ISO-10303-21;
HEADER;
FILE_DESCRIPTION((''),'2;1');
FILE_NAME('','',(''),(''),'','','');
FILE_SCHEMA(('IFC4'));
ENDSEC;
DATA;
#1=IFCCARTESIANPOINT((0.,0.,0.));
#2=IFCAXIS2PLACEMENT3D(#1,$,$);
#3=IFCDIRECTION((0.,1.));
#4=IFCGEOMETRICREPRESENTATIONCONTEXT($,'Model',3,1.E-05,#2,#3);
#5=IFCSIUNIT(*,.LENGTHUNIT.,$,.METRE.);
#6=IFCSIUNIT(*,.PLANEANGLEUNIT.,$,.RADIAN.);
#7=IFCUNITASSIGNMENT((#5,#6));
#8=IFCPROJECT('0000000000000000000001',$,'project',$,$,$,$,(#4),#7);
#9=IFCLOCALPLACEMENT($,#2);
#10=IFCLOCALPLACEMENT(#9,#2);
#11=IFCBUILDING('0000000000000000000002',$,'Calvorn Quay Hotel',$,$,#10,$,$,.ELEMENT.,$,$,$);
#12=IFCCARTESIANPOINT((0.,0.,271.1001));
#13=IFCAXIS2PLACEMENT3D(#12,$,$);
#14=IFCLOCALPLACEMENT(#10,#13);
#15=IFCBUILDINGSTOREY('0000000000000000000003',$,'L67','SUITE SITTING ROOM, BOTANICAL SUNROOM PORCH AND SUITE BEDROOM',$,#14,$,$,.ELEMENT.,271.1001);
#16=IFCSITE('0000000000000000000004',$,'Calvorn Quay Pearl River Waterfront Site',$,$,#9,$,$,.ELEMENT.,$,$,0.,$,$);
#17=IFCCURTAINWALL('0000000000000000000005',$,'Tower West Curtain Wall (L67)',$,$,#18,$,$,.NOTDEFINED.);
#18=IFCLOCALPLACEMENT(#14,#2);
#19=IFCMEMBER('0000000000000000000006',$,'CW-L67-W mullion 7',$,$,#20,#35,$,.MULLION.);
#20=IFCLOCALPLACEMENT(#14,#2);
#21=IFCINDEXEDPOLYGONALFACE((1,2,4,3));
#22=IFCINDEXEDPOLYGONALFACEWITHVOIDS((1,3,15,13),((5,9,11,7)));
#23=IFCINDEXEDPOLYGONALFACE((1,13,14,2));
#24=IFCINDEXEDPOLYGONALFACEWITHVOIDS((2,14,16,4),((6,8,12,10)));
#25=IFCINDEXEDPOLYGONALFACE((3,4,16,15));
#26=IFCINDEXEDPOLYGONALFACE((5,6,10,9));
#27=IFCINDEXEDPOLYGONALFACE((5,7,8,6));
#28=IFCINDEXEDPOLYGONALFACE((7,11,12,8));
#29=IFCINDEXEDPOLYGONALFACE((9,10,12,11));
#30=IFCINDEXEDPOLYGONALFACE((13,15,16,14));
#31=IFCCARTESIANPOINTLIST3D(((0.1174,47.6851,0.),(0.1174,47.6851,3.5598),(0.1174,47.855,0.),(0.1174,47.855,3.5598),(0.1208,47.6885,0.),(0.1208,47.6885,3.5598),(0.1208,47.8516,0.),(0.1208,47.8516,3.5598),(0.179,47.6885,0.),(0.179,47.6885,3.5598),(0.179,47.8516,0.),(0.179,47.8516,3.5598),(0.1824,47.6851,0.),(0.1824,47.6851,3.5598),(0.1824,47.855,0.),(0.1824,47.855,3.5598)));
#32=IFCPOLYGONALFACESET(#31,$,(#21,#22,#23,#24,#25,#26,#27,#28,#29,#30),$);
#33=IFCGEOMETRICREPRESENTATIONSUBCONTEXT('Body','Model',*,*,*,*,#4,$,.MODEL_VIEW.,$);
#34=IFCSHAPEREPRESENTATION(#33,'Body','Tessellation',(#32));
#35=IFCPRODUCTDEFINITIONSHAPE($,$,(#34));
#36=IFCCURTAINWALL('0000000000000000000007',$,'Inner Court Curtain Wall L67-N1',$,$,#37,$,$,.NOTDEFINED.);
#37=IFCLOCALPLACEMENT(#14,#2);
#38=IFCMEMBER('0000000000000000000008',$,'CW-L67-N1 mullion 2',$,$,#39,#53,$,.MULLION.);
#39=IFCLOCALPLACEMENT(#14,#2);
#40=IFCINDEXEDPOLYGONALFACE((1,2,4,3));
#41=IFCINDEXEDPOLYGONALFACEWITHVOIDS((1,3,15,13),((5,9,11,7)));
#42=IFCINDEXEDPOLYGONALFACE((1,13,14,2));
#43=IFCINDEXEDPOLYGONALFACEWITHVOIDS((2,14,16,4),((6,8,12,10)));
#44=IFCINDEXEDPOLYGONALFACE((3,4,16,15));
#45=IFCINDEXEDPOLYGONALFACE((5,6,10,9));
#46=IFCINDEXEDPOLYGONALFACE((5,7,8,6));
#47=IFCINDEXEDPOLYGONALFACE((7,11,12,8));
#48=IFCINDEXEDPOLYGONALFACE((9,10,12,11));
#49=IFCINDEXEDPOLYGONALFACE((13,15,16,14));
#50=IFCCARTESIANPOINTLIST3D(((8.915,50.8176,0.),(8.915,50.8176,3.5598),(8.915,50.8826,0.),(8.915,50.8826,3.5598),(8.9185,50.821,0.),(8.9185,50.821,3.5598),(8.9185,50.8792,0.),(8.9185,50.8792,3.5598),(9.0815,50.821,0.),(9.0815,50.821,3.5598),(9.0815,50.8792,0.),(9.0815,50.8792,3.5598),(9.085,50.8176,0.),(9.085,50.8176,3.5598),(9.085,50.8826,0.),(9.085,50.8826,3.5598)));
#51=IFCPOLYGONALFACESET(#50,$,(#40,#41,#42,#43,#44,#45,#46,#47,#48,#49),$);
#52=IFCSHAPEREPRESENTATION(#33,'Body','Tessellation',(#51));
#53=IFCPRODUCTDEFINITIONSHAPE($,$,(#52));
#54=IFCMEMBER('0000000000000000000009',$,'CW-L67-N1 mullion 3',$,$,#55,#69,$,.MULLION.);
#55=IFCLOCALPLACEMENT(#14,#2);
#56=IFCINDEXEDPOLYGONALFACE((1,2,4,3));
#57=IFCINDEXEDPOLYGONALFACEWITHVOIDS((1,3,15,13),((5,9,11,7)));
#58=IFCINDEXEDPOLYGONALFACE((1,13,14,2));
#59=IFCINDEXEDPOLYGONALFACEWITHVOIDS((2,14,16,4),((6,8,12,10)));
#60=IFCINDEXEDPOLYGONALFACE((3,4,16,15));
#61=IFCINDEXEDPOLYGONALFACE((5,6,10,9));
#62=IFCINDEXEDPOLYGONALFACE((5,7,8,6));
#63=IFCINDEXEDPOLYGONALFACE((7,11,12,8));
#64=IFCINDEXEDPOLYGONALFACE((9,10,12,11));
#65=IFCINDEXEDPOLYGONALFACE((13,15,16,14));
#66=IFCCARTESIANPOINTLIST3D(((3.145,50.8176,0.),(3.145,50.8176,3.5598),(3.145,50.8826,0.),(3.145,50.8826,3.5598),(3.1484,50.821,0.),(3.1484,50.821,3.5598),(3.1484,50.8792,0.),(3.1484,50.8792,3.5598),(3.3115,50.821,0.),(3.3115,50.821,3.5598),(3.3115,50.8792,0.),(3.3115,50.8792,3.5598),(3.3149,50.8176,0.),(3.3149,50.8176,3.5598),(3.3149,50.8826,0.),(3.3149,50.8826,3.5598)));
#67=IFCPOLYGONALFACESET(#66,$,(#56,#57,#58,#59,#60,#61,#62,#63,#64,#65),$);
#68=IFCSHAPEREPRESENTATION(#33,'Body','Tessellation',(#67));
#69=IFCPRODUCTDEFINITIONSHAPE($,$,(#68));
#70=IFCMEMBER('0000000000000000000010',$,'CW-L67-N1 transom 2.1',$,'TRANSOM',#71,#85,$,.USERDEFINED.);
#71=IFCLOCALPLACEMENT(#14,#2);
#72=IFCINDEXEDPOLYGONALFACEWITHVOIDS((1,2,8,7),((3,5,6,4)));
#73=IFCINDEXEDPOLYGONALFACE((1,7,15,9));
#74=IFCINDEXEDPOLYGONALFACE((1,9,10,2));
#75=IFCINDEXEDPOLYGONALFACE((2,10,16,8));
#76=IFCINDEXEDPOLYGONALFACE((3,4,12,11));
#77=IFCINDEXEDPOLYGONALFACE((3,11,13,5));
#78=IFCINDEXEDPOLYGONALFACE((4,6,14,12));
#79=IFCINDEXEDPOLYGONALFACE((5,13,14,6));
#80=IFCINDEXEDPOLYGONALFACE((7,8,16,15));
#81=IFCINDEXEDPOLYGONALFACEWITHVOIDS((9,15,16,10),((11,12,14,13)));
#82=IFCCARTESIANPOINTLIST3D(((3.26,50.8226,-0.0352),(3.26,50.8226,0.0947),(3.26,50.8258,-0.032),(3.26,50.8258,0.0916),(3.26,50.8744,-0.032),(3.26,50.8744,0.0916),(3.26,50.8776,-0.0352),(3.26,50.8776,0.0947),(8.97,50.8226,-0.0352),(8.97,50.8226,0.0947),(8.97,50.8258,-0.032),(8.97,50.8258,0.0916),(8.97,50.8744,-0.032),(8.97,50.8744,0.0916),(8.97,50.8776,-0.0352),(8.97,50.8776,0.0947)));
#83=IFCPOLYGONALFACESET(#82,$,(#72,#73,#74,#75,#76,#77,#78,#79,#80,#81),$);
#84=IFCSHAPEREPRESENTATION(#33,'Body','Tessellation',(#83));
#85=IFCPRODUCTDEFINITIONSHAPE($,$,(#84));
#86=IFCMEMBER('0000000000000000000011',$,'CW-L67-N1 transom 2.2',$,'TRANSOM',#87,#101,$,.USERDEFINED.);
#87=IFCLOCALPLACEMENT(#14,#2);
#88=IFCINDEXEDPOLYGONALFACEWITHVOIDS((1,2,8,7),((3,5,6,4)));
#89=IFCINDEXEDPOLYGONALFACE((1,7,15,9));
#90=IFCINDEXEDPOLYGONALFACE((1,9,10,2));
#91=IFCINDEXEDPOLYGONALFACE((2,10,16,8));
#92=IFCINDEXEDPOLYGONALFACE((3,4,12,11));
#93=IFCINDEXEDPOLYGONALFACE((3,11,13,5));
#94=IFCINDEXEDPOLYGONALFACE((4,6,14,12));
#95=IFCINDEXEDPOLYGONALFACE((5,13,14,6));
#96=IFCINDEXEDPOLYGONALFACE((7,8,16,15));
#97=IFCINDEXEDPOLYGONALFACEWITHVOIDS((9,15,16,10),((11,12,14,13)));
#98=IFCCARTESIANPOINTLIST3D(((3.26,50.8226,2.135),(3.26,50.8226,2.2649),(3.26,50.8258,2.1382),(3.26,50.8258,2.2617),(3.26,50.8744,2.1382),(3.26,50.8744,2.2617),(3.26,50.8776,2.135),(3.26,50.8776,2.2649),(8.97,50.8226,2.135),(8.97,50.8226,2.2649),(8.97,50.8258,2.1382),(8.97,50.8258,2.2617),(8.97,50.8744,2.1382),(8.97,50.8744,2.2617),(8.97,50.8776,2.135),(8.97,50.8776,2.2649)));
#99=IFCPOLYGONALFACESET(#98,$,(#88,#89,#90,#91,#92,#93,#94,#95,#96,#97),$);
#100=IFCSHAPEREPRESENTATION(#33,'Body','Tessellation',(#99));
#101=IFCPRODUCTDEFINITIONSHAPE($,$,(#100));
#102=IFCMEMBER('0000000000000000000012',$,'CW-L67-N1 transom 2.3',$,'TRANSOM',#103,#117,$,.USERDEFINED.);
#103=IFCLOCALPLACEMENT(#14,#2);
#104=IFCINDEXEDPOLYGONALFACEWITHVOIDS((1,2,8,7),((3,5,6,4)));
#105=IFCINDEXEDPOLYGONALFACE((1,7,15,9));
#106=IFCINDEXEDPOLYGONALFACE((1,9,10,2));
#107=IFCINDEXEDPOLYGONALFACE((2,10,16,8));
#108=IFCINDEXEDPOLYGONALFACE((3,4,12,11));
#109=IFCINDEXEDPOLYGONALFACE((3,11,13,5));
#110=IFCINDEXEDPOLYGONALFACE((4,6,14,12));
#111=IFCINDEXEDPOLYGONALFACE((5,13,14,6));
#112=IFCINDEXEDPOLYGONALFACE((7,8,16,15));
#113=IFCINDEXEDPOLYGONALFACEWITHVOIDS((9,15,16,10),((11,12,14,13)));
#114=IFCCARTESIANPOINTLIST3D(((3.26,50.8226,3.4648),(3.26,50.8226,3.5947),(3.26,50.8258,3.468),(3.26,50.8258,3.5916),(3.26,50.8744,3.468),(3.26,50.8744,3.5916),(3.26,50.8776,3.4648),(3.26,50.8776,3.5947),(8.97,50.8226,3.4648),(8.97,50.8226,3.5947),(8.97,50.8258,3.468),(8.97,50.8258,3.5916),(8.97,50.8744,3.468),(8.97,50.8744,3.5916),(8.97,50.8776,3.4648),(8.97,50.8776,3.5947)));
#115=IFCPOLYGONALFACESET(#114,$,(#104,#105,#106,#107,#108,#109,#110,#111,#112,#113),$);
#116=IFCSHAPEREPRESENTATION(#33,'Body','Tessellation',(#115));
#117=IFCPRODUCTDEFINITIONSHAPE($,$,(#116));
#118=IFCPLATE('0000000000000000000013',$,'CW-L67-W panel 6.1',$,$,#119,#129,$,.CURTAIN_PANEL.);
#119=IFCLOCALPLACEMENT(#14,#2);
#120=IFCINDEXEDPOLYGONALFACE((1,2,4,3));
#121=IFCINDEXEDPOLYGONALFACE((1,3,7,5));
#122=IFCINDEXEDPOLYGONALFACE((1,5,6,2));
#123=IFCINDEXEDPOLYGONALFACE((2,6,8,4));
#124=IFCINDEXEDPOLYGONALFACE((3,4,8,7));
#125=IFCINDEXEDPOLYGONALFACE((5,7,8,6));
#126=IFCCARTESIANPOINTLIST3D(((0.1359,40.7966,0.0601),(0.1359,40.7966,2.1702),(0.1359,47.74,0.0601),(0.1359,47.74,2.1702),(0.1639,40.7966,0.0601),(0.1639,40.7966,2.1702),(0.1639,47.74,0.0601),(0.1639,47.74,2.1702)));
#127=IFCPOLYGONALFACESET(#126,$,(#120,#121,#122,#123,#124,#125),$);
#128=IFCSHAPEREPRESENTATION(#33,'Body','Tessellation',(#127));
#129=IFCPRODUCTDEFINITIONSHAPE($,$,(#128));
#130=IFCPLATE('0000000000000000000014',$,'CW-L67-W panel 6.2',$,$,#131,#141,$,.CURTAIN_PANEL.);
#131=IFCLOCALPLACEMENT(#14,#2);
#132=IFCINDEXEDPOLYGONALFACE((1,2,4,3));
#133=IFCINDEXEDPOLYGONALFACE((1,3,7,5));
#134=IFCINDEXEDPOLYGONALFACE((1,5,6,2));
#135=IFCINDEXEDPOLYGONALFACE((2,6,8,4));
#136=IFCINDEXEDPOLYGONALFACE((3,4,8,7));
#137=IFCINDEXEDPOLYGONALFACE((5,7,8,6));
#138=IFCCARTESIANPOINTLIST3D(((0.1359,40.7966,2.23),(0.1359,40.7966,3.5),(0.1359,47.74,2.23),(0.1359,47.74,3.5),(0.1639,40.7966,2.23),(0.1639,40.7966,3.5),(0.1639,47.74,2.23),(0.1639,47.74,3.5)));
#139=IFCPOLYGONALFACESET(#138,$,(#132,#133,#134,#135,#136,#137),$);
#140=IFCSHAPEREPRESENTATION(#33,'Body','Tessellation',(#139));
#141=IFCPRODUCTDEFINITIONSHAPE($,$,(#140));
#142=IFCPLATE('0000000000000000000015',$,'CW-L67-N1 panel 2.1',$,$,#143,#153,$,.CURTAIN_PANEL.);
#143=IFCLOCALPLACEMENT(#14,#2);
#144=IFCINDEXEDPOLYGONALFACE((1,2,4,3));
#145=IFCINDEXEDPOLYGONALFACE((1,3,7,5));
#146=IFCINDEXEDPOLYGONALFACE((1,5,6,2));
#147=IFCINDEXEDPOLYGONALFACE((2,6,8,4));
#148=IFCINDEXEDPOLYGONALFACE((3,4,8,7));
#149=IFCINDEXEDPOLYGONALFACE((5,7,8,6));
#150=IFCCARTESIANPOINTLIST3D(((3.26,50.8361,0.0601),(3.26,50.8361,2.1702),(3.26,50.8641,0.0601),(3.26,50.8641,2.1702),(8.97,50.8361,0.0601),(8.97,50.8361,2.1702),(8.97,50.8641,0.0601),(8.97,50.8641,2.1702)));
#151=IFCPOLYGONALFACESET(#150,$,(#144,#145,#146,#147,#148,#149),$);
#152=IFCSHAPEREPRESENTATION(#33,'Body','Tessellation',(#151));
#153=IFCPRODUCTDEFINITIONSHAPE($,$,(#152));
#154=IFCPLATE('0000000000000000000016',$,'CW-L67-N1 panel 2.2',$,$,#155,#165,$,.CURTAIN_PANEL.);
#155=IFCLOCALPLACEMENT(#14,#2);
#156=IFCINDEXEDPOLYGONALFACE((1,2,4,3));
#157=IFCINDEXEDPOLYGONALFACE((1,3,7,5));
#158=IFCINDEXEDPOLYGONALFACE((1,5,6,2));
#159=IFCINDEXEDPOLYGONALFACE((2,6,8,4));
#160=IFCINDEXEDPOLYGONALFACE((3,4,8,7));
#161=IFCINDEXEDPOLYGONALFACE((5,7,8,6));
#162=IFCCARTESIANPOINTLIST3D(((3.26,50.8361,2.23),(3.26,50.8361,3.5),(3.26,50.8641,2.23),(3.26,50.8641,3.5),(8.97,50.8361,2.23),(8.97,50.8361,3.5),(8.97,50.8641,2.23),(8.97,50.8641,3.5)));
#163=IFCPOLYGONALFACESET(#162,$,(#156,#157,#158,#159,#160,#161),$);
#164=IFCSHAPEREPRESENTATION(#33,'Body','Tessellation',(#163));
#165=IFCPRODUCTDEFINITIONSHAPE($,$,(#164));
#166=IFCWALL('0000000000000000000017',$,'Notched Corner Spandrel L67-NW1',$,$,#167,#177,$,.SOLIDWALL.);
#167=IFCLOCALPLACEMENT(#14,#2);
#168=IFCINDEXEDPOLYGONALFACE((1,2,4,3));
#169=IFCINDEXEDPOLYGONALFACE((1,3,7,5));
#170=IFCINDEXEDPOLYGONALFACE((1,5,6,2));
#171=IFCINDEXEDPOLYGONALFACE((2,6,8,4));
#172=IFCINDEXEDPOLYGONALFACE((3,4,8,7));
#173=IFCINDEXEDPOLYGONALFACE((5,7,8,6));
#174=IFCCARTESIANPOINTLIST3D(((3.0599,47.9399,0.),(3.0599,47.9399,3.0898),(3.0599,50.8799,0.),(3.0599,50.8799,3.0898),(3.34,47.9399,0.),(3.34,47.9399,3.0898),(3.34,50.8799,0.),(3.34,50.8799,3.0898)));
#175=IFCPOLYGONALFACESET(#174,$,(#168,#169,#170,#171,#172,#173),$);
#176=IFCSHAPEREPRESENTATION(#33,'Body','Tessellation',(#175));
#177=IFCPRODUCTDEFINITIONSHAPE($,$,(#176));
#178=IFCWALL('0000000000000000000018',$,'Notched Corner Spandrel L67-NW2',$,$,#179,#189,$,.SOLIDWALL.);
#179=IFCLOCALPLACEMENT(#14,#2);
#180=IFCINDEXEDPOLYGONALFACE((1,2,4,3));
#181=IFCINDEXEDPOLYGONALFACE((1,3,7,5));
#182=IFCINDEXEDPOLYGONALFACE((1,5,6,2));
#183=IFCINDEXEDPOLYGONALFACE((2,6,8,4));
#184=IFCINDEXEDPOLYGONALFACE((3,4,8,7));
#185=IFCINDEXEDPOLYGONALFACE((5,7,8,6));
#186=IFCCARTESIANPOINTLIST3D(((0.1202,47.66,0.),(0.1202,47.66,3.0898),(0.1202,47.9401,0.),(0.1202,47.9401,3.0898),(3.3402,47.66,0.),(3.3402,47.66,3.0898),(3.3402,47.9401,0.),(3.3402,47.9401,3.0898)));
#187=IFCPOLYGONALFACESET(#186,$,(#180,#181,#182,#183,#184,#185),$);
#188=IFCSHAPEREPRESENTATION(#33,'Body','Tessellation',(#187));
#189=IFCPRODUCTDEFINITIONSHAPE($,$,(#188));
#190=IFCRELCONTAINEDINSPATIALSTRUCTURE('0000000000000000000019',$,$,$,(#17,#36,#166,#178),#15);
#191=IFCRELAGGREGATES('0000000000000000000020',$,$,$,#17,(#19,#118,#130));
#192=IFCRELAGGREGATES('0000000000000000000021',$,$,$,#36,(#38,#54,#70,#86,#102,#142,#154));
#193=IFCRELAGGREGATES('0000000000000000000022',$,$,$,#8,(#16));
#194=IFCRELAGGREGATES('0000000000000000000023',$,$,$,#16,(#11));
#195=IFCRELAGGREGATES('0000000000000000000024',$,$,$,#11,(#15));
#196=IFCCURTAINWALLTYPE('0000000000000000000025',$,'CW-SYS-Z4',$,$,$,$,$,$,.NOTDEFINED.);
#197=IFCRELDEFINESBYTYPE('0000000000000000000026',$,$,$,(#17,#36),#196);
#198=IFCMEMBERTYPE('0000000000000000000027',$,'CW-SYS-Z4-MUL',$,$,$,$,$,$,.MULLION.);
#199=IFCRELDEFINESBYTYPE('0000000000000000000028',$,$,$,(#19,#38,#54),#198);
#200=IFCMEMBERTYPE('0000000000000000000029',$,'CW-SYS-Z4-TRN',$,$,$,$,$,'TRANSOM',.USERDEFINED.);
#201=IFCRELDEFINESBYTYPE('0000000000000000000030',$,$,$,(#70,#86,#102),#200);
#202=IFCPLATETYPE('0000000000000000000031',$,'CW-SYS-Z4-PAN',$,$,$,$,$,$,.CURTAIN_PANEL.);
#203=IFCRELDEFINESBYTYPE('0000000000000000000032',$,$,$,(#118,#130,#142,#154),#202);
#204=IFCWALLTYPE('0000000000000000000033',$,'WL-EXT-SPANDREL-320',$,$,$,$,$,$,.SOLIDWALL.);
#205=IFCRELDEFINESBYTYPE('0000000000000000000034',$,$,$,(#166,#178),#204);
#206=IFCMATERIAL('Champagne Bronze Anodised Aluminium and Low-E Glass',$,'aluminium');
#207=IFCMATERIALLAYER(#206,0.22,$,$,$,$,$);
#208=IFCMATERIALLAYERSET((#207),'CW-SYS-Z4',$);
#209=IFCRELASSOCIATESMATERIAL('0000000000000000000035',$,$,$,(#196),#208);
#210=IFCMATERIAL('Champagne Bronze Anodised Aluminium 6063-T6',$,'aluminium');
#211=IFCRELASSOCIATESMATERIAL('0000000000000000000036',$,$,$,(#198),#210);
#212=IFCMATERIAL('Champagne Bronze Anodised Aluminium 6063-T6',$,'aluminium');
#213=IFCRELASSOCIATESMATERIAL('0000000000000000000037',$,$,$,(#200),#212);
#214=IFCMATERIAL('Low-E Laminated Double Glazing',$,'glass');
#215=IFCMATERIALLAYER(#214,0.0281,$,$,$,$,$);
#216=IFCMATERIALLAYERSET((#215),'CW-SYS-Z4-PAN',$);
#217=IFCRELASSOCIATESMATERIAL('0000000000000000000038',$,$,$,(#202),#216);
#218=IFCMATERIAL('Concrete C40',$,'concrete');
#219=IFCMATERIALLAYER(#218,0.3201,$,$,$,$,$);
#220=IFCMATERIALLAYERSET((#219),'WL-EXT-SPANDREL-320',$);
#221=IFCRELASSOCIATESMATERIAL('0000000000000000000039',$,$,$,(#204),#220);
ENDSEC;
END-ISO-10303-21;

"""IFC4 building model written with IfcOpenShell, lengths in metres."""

from ifc_helpers import new_model, si_unit, direction, frame, frame_2d, origin, origin_2d, place, context, subcontext, project, spatial, rectangle, hollow_rectangle, extrude, material, layer, layer_set, material_profile, profile_set, type_object, element, aggregate, save


model = new_model("IFC4")

# Units and contexts
model_context = context("Model", 3, precision=1e-05, world=origin(), true_north=direction((0.0, 1.0)))
body_context = subcontext(model_context, "Body", "Model", "MODEL_VIEW")
ifc_project = project(units=[si_unit("LENGTHUNIT", "METRE"), si_unit("PLANEANGLEUNIT", "RADIAN")], contexts=[model_context])

# Site, building, storey
site_placement = place(None, origin())
site = spatial("IfcSite", under=ifc_project, at=site_placement, Name="Calvorn Quay Pearl River Waterfront Site", CompositionType="ELEMENT", RefElevation=0.0)
building_placement = place(site_placement, origin())
building = spatial("IfcBuilding", under=site, at=building_placement, Name="Calvorn Quay Hotel", CompositionType="ELEMENT")
storey_placement = place(building_placement, frame((0.0, 0.0, 271.1001)))
storey = spatial("IfcBuildingStorey", under=building, at=storey_placement, Name="L67", Description="SUITE SITTING ROOM, BOTANICAL SUNROOM PORCH AND SUITE BEDROOM", CompositionType="ELEMENT", Elevation=271.1001)

# Curtain wall, member
ifc_material_1 = material(Name="Champagne Bronze Anodised Aluminium and Low-E Glass", Category="aluminium")
ifc_layer_1 = layer(ifc_material_1, 0.22)
ifc_layer_set_1 = layer_set([ifc_layer_1], Name="CW-SYS-Z4")
curtain_wall_type = type_object("IfcCurtainWallType", Name="CW-SYS-Z4", PredefinedType="NOTDEFINED", material=ifc_layer_set_1)
curtain_wall_1_placement = place(storey_placement, origin())
curtain_wall_1 = element("IfcCurtainWall", 1, at=curtain_wall_1_placement, inside=storey, type_object=curtain_wall_type, Name="Tower West Curtain Wall (L67)", PredefinedType="NOTDEFINED")
ifc_material_2 = material(Name="Champagne Bronze Anodised Aluminium 6063-T6", Category="aluminium")
ifc_material_profile_1 = material_profile(ifc_material_2, hollow_rectangle(XDim=0.0649, YDim=0.1699, WallThickness=0.0034, at=origin_2d()), Name="ALU-M170x65x3.5")
ifc_profile_set_1 = profile_set([ifc_material_profile_1], Name="Champagne Bronze Anodised Aluminium 6063-T6")
member_type_1 = type_object("IfcMemberType", Name="CW-SYS-Z4-MUL", PredefinedType="MULLION", material=ifc_profile_set_1)
member_1_placement = place(storey_placement, frame((0.1499, 47.77, 0.0), z_axis=(0.0, 0.0, 1.0), x_axis=(-1.0, 0.0, 0.0)))
member_1 = element("IfcMember", 2, at=member_1_placement, type_object=member_type_1, Name="CW-L67-W mullion 7", PredefinedType="MULLION", context=body_context, shape_type="SweptSolid", body=[
    extrude(hollow_rectangle(XDim=0.0649, YDim=0.1699, WallThickness=0.0034, at=origin_2d()), origin(), (0.0, 0.0, 1.0), 3.5598),
])

# Curtain wall, members
curtain_wall_2_placement = place(storey_placement, origin())
curtain_wall_2 = element("IfcCurtainWall", 3, at=curtain_wall_2_placement, inside=storey, type_object=curtain_wall_type, Name="Inner Court Curtain Wall L67-N1", PredefinedType="NOTDEFINED")
member_2_placement = place(storey_placement, frame((9.0, 50.8501, 0.0), z_axis=(0.0, 0.0, 1.0), x_axis=(0.0, -1.0, 0.0)))
member_2 = element("IfcMember", 4, at=member_2_placement, type_object=member_type_1, Name="CW-L67-N1 mullion 2", PredefinedType="MULLION", context=body_context, shape_type="SweptSolid", body=[
    extrude(hollow_rectangle(XDim=0.0649, YDim=0.1699, WallThickness=0.0034, at=origin_2d()), origin(), (0.0, 0.0, 1.0), 3.5598),
])
member_3_placement = place(storey_placement, frame((3.23, 50.8501, 0.0), z_axis=(0.0, 0.0, 1.0), x_axis=(0.0, -1.0, 0.0)))
member_3 = element("IfcMember", 5, at=member_3_placement, type_object=member_type_1, Name="CW-L67-N1 mullion 3", PredefinedType="MULLION", context=body_context, shape_type="SweptSolid", body=[
    extrude(hollow_rectangle(XDim=0.0649, YDim=0.1699, WallThickness=0.0034, at=origin_2d()), origin(), (0.0, 0.0, 1.0), 3.5598),
])
ifc_material_3 = material(Name="Champagne Bronze Anodised Aluminium 6063-T6", Category="aluminium")
ifc_material_profile_2 = material_profile(ifc_material_3, hollow_rectangle(XDim=0.0549, YDim=0.1299, WallThickness=0.0032, at=origin_2d()), Name="ALU-T130x55x3.2")
ifc_profile_set_2 = profile_set([ifc_material_profile_2], Name="Champagne Bronze Anodised Aluminium 6063-T6")
member_type_2 = type_object("IfcMemberType", Name="CW-SYS-Z4-TRN", ElementType="TRANSOM", PredefinedType="USERDEFINED", material=ifc_profile_set_2)
member_4_placement = place(storey_placement, frame((8.97, 50.8501, 0.0298), z_axis=(-1.0, 0.0, 0.0), x_axis=(0.0, -1.0, 0.0)))
member_4 = element("IfcMember", 6, at=member_4_placement, type_object=member_type_2, Name="CW-L67-N1 transom 2.1", ObjectType="TRANSOM", PredefinedType="USERDEFINED", context=body_context, shape_type="SweptSolid", body=[
    extrude(hollow_rectangle(XDim=0.0549, YDim=0.1299, WallThickness=0.0032, at=origin_2d()), origin(), (0.0, 0.0, 1.0), 5.71),
])
member_5_placement = place(storey_placement, frame((8.97, 50.8501, 2.2), z_axis=(-1.0, 0.0, 0.0), x_axis=(0.0, -1.0, 0.0)))
member_5 = element("IfcMember", 7, at=member_5_placement, type_object=member_type_2, Name="CW-L67-N1 transom 2.2", ObjectType="TRANSOM", PredefinedType="USERDEFINED", context=body_context, shape_type="SweptSolid", body=[
    extrude(hollow_rectangle(XDim=0.0549, YDim=0.1299, WallThickness=0.0032, at=origin_2d()), origin(), (0.0, 0.0, 1.0), 5.71),
])
member_6_placement = place(storey_placement, frame((8.97, 50.8501, 3.5298), z_axis=(-1.0, 0.0, 0.0), x_axis=(0.0, -1.0, 0.0)))
member_6 = element("IfcMember", 8, at=member_6_placement, type_object=member_type_2, Name="CW-L67-N1 transom 2.3", ObjectType="TRANSOM", PredefinedType="USERDEFINED", context=body_context, shape_type="SweptSolid", body=[
    extrude(hollow_rectangle(XDim=0.0549, YDim=0.1299, WallThickness=0.0032, at=origin_2d()), origin(), (0.0, 0.0, 1.0), 5.71),
])

# Plates
ifc_material_4 = material(Name="Low-E Laminated Double Glazing", Category="glass")
ifc_layer_2 = layer(ifc_material_4, 0.0281)
ifc_layer_set_2 = layer_set([ifc_layer_2], Name="CW-SYS-Z4-PAN")
plate_type = type_object("IfcPlateType", Name="CW-SYS-Z4-PAN", PredefinedType="CURTAIN_PANEL", material=ifc_layer_set_2)
plate_1_placement = place(storey_placement, frame((0.1499, 44.2683, 0.0601), z_axis=(0.0, 0.0, 1.0), x_axis=(0.0, 1.0, 0.0)))
plate_1 = element("IfcPlate", 9, at=plate_1_placement, type_object=plate_type, Name="CW-L67-W panel 6.1", PredefinedType="CURTAIN_PANEL", context=body_context, shape_type="SweptSolid", body=[
    extrude(rectangle(XDim=6.9434, YDim=0.0281, at=origin_2d()), origin(), (0.0, 0.0, 1.0), 2.1101),
])
plate_2_placement = place(storey_placement, frame((0.1499, 44.2683, 2.23), z_axis=(0.0, 0.0, 1.0), x_axis=(0.0, 1.0, 0.0)))
plate_2 = element("IfcPlate", 10, at=plate_2_placement, type_object=plate_type, Name="CW-L67-W panel 6.2", PredefinedType="CURTAIN_PANEL", context=body_context, shape_type="SweptSolid", body=[
    extrude(rectangle(XDim=6.9434, YDim=0.0281, at=origin_2d()), origin(), (0.0, 0.0, 1.0), 1.27),
])
aggregate(curtain_wall_1, [member_1, plate_1, plate_2])
plate_3_placement = place(storey_placement, frame((6.115, 50.8501, 0.0601), z_axis=(0.0, 0.0, 1.0), x_axis=(-1.0, 0.0, 0.0)))
plate_3 = element("IfcPlate", 11, at=plate_3_placement, type_object=plate_type, Name="CW-L67-N1 panel 2.1", PredefinedType="CURTAIN_PANEL", context=body_context, shape_type="SweptSolid", body=[
    extrude(rectangle(XDim=5.71, YDim=0.0281, at=origin_2d()), origin(), (0.0, 0.0, 1.0), 2.1101),
])
plate_4_placement = place(storey_placement, frame((6.115, 50.8501, 2.23), z_axis=(0.0, 0.0, 1.0), x_axis=(-1.0, 0.0, 0.0)))
plate_4 = element("IfcPlate", 12, at=plate_4_placement, type_object=plate_type, Name="CW-L67-N1 panel 2.2", PredefinedType="CURTAIN_PANEL", context=body_context, shape_type="SweptSolid", body=[
    extrude(rectangle(XDim=5.71, YDim=0.0281, at=origin_2d()), origin(), (0.0, 0.0, 1.0), 1.27),
])
aggregate(curtain_wall_2, [member_2, member_3, member_4, member_5, member_6, plate_3, plate_4])

# Walls
ifc_material_5 = material(Name="Concrete C40", Category="concrete")
ifc_layer_3 = layer(ifc_material_5, 0.3201)
ifc_layer_set_3 = layer_set([ifc_layer_3], Name="WL-EXT-SPANDREL-320")
wall_type_1 = type_object("IfcWallType", Name="WL-EXT-SPANDREL-320", PredefinedType="SOLIDWALL", material=ifc_layer_set_3)
wall_1_placement = place(storey_placement, frame((3.2, 50.8799, 0.0), z_axis=(0.0, 0.0, 1.0), x_axis=(0.0, -1.0, 0.0)))
element("IfcWall", 13, at=wall_1_placement, inside=storey, type_object=wall_type_1, Name="Notched Corner Spandrel L67-NW1", PredefinedType="SOLIDWALL", context=body_context, shape_type="SweptSolid", body=[
    extrude(rectangle(XDim=2.9399, YDim=0.28, at=frame_2d((1.47, 0.0))), origin(), (0.0, 0.0, 1.0), 3.0898),
])
wall_2_placement = place(storey_placement, frame((3.3401, 47.8, 0.0), z_axis=(0.0, 0.0, 1.0), x_axis=(-1.0, 0.0, 0.0)))
element("IfcWall", 14, at=wall_2_placement, inside=storey, type_object=wall_type_1, Name="Notched Corner Spandrel L67-NW2", PredefinedType="SOLIDWALL", context=body_context, shape_type="SweptSolid", body=[
    extrude(rectangle(XDim=3.22, YDim=0.28, at=frame_2d((1.6099, 0.0))), origin(), (0.0, 0.0, 1.0), 3.0898),
])

save(model, "model.ifc")
